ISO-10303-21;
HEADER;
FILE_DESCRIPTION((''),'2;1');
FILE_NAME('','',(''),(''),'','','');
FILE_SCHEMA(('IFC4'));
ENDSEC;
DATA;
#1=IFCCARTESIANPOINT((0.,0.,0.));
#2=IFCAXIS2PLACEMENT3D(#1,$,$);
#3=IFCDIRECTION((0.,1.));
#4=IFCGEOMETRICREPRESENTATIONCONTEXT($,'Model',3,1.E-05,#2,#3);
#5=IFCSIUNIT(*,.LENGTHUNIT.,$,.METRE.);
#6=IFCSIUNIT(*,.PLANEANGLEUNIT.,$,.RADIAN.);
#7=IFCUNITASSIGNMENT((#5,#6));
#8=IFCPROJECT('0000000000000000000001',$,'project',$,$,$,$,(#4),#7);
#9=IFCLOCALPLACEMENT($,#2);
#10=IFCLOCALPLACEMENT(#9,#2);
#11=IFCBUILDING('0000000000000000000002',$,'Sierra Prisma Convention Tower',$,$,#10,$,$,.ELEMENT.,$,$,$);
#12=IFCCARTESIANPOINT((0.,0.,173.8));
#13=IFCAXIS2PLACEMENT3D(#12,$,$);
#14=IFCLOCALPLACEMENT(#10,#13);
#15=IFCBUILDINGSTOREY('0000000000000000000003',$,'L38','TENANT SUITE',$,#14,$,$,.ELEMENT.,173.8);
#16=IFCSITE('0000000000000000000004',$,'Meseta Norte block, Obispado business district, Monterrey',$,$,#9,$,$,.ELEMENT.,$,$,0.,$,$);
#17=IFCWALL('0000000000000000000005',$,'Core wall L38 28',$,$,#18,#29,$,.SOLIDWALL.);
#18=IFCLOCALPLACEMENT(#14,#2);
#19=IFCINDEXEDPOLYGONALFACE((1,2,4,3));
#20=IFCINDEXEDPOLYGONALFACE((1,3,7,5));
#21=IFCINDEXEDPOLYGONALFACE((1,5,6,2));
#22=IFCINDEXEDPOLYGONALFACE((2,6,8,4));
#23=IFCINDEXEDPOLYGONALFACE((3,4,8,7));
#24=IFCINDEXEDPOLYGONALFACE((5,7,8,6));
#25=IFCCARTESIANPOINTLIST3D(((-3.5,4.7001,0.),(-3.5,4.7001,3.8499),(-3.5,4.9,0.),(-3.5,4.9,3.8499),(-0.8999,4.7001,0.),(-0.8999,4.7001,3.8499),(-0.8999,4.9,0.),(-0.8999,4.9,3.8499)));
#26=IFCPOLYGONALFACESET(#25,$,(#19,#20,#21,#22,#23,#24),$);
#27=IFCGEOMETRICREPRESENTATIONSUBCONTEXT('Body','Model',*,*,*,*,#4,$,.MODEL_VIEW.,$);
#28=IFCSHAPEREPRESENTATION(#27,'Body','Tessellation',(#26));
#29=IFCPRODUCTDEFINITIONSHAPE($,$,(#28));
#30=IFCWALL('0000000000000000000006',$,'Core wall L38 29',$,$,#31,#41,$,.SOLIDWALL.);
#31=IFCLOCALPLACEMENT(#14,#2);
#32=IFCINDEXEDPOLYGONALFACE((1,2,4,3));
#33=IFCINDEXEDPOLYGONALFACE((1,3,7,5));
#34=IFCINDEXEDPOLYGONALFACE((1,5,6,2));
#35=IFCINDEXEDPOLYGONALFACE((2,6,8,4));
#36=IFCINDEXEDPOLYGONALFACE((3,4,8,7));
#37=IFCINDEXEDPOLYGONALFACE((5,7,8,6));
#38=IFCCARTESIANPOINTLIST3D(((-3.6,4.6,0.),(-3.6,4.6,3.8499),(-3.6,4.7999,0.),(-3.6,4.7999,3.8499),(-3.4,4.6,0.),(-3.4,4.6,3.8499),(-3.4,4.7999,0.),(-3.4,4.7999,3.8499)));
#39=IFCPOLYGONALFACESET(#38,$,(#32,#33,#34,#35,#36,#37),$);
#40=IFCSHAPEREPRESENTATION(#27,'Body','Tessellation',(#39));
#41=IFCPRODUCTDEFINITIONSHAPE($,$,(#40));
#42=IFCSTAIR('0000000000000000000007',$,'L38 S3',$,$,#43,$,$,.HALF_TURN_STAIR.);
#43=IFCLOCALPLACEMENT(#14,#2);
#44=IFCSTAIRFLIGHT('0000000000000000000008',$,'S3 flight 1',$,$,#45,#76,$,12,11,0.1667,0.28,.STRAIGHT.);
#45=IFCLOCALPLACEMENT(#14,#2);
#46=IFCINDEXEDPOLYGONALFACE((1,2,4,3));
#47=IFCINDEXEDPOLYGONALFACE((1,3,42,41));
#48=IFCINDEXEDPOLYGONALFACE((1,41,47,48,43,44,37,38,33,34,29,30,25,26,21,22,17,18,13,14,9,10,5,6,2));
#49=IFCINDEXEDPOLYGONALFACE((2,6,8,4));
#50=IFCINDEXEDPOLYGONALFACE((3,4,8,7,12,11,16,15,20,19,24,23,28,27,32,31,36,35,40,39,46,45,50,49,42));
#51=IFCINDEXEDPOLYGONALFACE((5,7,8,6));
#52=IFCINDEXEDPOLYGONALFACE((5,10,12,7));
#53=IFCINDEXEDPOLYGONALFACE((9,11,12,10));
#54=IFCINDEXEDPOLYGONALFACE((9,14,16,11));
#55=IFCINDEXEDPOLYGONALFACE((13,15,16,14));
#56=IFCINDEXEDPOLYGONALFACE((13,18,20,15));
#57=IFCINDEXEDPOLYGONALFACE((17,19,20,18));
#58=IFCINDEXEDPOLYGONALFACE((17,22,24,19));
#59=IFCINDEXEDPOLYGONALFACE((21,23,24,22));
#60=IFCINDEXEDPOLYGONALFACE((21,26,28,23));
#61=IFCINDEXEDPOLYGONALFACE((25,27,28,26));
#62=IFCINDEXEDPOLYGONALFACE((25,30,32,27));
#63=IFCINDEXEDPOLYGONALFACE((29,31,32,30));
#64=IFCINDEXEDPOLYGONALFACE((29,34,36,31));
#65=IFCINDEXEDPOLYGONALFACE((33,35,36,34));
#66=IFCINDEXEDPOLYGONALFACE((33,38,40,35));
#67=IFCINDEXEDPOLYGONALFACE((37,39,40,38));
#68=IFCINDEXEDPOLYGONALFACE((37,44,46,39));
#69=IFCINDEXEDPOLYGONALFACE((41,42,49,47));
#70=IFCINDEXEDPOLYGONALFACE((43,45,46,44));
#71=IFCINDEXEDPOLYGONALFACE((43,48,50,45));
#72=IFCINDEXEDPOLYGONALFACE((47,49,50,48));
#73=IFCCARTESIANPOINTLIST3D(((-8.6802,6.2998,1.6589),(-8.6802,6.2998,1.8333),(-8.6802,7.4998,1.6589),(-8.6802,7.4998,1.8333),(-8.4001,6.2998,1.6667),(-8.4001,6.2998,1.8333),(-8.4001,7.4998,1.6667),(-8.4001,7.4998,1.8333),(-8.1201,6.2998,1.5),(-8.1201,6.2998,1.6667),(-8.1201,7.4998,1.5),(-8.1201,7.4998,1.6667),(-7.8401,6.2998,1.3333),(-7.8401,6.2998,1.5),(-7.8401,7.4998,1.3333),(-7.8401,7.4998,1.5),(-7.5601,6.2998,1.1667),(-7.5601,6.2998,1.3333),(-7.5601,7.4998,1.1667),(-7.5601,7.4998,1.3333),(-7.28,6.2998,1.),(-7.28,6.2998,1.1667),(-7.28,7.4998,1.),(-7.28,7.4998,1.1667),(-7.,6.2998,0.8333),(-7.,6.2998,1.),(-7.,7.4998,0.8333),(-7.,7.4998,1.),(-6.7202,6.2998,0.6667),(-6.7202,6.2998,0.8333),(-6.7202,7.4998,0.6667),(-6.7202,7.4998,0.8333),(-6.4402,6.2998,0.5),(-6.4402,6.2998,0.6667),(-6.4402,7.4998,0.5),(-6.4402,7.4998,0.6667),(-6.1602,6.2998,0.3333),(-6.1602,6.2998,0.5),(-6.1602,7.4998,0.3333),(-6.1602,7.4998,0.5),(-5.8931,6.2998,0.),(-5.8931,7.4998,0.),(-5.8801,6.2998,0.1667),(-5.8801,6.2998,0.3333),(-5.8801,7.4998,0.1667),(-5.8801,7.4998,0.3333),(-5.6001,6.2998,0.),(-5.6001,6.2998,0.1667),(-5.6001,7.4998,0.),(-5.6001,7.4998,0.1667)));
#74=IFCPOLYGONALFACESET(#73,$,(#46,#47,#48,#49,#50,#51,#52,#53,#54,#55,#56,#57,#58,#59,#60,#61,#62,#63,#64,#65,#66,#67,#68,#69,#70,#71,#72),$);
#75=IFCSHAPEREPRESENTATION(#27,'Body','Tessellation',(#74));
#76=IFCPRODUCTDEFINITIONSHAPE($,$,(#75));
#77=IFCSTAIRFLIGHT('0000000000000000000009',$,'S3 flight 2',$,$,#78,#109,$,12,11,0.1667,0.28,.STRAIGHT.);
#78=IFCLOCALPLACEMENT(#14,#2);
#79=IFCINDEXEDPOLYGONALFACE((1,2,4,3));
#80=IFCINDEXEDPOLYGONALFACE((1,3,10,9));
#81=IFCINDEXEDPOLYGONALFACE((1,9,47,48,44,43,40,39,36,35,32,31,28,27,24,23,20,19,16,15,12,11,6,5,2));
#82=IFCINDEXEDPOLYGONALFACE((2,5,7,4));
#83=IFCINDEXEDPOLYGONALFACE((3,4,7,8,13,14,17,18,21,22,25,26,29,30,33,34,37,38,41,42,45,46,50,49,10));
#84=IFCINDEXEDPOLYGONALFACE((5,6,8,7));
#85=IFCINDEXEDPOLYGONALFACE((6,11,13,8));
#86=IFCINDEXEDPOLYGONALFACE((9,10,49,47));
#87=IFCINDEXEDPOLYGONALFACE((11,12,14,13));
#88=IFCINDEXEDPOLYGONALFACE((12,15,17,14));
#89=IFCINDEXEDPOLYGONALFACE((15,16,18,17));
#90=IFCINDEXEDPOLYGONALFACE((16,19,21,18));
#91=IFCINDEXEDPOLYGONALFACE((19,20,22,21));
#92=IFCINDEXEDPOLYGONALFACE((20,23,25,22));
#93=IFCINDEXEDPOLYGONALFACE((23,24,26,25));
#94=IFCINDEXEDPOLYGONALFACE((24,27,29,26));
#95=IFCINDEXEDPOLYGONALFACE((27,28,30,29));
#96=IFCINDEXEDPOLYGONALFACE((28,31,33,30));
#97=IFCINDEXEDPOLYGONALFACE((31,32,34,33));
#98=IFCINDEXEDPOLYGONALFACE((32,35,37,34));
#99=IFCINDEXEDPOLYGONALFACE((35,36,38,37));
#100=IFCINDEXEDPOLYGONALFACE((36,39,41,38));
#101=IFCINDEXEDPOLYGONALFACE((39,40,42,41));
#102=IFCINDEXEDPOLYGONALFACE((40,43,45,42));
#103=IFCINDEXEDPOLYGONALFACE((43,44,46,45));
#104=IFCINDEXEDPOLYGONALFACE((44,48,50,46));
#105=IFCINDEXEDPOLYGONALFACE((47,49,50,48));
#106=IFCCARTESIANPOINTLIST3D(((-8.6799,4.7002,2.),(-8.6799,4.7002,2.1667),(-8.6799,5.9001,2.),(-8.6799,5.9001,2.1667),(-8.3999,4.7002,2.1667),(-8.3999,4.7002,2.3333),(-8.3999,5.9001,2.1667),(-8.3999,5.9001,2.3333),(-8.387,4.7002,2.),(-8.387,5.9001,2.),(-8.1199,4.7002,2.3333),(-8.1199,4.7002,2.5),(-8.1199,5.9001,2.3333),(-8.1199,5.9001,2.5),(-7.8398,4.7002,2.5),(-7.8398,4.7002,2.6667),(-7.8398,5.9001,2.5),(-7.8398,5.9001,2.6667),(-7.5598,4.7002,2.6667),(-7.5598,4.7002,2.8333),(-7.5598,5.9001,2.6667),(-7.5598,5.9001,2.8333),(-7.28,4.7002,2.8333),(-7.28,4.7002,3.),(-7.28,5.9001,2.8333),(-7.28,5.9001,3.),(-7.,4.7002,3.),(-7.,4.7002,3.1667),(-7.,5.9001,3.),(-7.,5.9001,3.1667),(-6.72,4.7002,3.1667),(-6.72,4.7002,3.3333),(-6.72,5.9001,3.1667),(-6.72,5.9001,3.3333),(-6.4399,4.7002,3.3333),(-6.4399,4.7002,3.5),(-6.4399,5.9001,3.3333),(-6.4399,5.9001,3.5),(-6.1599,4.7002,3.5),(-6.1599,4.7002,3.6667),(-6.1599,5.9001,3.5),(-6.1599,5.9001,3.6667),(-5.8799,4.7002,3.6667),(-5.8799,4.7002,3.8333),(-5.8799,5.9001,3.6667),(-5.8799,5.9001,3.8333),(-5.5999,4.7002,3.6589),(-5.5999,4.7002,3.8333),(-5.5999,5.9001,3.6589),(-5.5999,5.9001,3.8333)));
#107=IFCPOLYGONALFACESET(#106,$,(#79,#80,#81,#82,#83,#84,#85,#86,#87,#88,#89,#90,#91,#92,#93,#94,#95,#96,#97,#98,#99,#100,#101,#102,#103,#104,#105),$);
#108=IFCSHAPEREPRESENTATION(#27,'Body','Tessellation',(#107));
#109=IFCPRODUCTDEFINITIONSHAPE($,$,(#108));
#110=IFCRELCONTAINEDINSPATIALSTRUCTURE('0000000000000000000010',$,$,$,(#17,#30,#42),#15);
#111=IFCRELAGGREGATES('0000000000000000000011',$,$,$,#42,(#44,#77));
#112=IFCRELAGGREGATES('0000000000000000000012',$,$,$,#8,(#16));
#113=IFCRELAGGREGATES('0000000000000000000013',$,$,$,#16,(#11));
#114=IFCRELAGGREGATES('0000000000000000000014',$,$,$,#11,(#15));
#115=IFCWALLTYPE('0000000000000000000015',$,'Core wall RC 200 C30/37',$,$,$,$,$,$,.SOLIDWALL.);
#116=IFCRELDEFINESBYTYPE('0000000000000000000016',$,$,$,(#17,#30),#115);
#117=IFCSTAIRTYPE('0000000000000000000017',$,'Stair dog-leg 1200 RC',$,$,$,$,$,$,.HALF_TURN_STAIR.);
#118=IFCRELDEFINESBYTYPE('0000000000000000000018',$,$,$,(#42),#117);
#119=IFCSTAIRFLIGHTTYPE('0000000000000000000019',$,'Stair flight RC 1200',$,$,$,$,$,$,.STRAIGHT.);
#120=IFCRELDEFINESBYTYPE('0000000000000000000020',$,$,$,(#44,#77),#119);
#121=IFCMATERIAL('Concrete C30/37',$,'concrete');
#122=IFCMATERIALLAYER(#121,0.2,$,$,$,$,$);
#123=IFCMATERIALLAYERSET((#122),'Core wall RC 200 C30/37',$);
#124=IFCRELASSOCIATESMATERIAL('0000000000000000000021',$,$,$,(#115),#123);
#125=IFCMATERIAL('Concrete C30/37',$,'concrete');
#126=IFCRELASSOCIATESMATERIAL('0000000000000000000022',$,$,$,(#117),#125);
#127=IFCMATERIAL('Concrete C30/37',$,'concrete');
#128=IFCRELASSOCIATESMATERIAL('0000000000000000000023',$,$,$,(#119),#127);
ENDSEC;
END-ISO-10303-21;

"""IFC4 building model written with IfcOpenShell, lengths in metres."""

from ifc_helpers import new_model, si_unit, direction, frame, frame_2d, origin, place, context, subcontext, project, spatial, polyline, rectangle, outline, extrude, material, layer, layer_set, type_object, element, aggregate, save


model = new_model("IFC4")

# Units and contexts
model_context = context("Model", 3, precision=1e-05, world=origin(), true_north=direction((0.0, 1.0)))
body_context = subcontext(model_context, "Body", "Model", "MODEL_VIEW")
ifc_project = project(units=[si_unit("LENGTHUNIT", "METRE"), si_unit("PLANEANGLEUNIT", "RADIAN")], contexts=[model_context])

# Site, building, storey
site_placement = place(None, origin())
site = spatial("IfcSite", under=ifc_project, at=site_placement, Name="Meseta Norte block, Obispado business district, Monterrey", CompositionType="ELEMENT", RefElevation=0.0)
building_placement = place(site_placement, origin())
building = spatial("IfcBuilding", under=site, at=building_placement, Name="Sierra Prisma Convention Tower", CompositionType="ELEMENT")
storey_placement = place(building_placement, frame((0.0, 0.0, 173.8)))
storey = spatial("IfcBuildingStorey", under=building, at=storey_placement, Name="L38", Description="TENANT SUITE", CompositionType="ELEMENT", Elevation=173.8)

# Shared definitions
ifc_material_1 = material(Name="Concrete C30/37", Category="concrete")
ifc_layer_1 = layer(ifc_material_1, 0.2)
ifc_layer_set_1 = layer_set([ifc_layer_1], Name="Core wall RC 200 C30/37")
wall_type = type_object("IfcWallType", Name="Core wall RC 200 C30/37", PredefinedType="SOLIDWALL", material=ifc_layer_set_1)

# Walls
wall_1_placement = place(storey_placement, frame((-0.8999, 4.8, 0.0), z_axis=(0.0, 0.0, 1.0), x_axis=(-1.0, 0.0, 0.0)))
element("IfcWall", 1, at=wall_1_placement, inside=storey, type_object=wall_type, Name="Core wall L38 28", PredefinedType="SOLIDWALL", context=body_context, shape_type="SweptSolid", body=[
    extrude(rectangle(XDim=2.6001, YDim=0.2, at=frame_2d((1.3, 0.0))), origin(), (0.0, 0.0, 1.0), 3.8499),
])
wall_2_placement = place(storey_placement, frame((-3.5, 4.8, 0.0), z_axis=(0.0, 0.0, 1.0), x_axis=(0.0, -1.0, 0.0)))
element("IfcWall", 2, at=wall_2_placement, inside=storey, type_object=wall_type, Name="Core wall L38 29", PredefinedType="SOLIDWALL", context=body_context, shape_type="SweptSolid", body=[
    extrude(rectangle(XDim=0.2, YDim=0.2, at=frame_2d((0.1001, 0.0))), origin(), (0.0, 0.0, 1.0), 3.8499),
])

# Stair, stair flights
ifc_material_2 = material(Name="Concrete C30/37", Category="concrete")
stair_type = type_object("IfcStairType", Name="Stair dog-leg 1200 RC", PredefinedType="HALF_TURN_STAIR", material=ifc_material_2)
stair_placement = place(storey_placement, origin())
stair = element("IfcStair", 3, at=stair_placement, inside=storey, type_object=stair_type, Name="L38 S3", PredefinedType="HALF_TURN_STAIR")
ifc_material_3 = material(Name="Concrete C30/37", Category="concrete")
stair_flight_type = type_object("IfcStairFlightType", Name="Stair flight RC 1200", PredefinedType="STRAIGHT", material=ifc_material_3)
stair_flight_1_placement = place(storey_placement, frame((-5.6001, 6.8999, 0.0), z_axis=(0.0, 0.0, 1.0), x_axis=(-1.0, 0.0, 0.0)))
stair_flight_1 = element("IfcStairFlight", 4, at=stair_flight_1_placement, type_object=stair_flight_type, Name="S3 flight 1", NumberOfRisers=12, NumberOfTreads=11, PredefinedType="STRAIGHT", RiserHeight=0.1667, TreadLength=0.28, context=body_context, shape_type="SweptSolid", body=[
    extrude(outline(polyline([(0.0, 0.0), (0.0, 0.1667), (0.28, 0.1667), (0.28, 0.3333), (0.5601, 0.3333), (0.5601, 0.5), (0.8401, 0.5), (0.8401, 0.6667), (1.1201, 0.6667), (1.1201, 0.8333), (1.3999, 0.8333), (1.3999, 1.0), (1.6799, 1.0), (1.6799, 1.1667), (1.96, 1.1667), (1.96, 1.3333), (2.24, 1.3333), (2.24, 1.5), (2.52, 1.5), (2.52, 1.6667), (2.8, 1.6667), (2.8, 1.8333), (3.0801, 1.8333), (3.0801, 2.0), (3.0801, 1.6589), (0.293, 0.0), (0.0, 0.0)])), frame((0.0, 0.6001, 0.0), z_axis=(0.0, -1.0, 0.0), x_axis=(1.0, 0.0, 0.0)), (0.0, 0.0, 1.0), 1.2),
])
stair_flight_2_placement = place(storey_placement, frame((-8.6799, 5.3, 2.0), z_axis=(0.0, 0.0, 1.0), x_axis=(1.0, 0.0, 0.0)))
stair_flight_2 = element("IfcStairFlight", 5, at=stair_flight_2_placement, type_object=stair_flight_type, Name="S3 flight 2", NumberOfRisers=12, NumberOfTreads=11, PredefinedType="STRAIGHT", RiserHeight=0.1667, TreadLength=0.28, context=body_context, shape_type="SweptSolid", body=[
    extrude(outline(polyline([(0.0, 0.0), (0.0, 0.1667), (0.28, 0.1667), (0.28, 0.3333), (0.5601, 0.3333), (0.5601, 0.5), (0.8401, 0.5), (0.8401, 0.6667), (1.1201, 0.6667), (1.1201, 0.8333), (1.3999, 0.8333), (1.3999, 1.0), (1.6799, 1.0), (1.6799, 1.1667), (1.96, 1.1667), (1.96, 1.3333), (2.24, 1.3333), (2.24, 1.5), (2.52, 1.5), (2.52, 1.6667), (2.8, 1.6667), (2.8, 1.8333), (3.0801, 1.8333), (3.0801, 2.0), (3.0801, 1.6589), (0.293, 0.0), (0.0, 0.0)])), frame((0.0, 0.6001, 0.0), z_axis=(0.0, -1.0, 0.0), x_axis=(1.0, 0.0, 0.0)), (0.0, 0.0, 1.0), 1.2),
])
aggregate(stair, [stair_flight_1, stair_flight_2])

save(model, "model.ifc")
